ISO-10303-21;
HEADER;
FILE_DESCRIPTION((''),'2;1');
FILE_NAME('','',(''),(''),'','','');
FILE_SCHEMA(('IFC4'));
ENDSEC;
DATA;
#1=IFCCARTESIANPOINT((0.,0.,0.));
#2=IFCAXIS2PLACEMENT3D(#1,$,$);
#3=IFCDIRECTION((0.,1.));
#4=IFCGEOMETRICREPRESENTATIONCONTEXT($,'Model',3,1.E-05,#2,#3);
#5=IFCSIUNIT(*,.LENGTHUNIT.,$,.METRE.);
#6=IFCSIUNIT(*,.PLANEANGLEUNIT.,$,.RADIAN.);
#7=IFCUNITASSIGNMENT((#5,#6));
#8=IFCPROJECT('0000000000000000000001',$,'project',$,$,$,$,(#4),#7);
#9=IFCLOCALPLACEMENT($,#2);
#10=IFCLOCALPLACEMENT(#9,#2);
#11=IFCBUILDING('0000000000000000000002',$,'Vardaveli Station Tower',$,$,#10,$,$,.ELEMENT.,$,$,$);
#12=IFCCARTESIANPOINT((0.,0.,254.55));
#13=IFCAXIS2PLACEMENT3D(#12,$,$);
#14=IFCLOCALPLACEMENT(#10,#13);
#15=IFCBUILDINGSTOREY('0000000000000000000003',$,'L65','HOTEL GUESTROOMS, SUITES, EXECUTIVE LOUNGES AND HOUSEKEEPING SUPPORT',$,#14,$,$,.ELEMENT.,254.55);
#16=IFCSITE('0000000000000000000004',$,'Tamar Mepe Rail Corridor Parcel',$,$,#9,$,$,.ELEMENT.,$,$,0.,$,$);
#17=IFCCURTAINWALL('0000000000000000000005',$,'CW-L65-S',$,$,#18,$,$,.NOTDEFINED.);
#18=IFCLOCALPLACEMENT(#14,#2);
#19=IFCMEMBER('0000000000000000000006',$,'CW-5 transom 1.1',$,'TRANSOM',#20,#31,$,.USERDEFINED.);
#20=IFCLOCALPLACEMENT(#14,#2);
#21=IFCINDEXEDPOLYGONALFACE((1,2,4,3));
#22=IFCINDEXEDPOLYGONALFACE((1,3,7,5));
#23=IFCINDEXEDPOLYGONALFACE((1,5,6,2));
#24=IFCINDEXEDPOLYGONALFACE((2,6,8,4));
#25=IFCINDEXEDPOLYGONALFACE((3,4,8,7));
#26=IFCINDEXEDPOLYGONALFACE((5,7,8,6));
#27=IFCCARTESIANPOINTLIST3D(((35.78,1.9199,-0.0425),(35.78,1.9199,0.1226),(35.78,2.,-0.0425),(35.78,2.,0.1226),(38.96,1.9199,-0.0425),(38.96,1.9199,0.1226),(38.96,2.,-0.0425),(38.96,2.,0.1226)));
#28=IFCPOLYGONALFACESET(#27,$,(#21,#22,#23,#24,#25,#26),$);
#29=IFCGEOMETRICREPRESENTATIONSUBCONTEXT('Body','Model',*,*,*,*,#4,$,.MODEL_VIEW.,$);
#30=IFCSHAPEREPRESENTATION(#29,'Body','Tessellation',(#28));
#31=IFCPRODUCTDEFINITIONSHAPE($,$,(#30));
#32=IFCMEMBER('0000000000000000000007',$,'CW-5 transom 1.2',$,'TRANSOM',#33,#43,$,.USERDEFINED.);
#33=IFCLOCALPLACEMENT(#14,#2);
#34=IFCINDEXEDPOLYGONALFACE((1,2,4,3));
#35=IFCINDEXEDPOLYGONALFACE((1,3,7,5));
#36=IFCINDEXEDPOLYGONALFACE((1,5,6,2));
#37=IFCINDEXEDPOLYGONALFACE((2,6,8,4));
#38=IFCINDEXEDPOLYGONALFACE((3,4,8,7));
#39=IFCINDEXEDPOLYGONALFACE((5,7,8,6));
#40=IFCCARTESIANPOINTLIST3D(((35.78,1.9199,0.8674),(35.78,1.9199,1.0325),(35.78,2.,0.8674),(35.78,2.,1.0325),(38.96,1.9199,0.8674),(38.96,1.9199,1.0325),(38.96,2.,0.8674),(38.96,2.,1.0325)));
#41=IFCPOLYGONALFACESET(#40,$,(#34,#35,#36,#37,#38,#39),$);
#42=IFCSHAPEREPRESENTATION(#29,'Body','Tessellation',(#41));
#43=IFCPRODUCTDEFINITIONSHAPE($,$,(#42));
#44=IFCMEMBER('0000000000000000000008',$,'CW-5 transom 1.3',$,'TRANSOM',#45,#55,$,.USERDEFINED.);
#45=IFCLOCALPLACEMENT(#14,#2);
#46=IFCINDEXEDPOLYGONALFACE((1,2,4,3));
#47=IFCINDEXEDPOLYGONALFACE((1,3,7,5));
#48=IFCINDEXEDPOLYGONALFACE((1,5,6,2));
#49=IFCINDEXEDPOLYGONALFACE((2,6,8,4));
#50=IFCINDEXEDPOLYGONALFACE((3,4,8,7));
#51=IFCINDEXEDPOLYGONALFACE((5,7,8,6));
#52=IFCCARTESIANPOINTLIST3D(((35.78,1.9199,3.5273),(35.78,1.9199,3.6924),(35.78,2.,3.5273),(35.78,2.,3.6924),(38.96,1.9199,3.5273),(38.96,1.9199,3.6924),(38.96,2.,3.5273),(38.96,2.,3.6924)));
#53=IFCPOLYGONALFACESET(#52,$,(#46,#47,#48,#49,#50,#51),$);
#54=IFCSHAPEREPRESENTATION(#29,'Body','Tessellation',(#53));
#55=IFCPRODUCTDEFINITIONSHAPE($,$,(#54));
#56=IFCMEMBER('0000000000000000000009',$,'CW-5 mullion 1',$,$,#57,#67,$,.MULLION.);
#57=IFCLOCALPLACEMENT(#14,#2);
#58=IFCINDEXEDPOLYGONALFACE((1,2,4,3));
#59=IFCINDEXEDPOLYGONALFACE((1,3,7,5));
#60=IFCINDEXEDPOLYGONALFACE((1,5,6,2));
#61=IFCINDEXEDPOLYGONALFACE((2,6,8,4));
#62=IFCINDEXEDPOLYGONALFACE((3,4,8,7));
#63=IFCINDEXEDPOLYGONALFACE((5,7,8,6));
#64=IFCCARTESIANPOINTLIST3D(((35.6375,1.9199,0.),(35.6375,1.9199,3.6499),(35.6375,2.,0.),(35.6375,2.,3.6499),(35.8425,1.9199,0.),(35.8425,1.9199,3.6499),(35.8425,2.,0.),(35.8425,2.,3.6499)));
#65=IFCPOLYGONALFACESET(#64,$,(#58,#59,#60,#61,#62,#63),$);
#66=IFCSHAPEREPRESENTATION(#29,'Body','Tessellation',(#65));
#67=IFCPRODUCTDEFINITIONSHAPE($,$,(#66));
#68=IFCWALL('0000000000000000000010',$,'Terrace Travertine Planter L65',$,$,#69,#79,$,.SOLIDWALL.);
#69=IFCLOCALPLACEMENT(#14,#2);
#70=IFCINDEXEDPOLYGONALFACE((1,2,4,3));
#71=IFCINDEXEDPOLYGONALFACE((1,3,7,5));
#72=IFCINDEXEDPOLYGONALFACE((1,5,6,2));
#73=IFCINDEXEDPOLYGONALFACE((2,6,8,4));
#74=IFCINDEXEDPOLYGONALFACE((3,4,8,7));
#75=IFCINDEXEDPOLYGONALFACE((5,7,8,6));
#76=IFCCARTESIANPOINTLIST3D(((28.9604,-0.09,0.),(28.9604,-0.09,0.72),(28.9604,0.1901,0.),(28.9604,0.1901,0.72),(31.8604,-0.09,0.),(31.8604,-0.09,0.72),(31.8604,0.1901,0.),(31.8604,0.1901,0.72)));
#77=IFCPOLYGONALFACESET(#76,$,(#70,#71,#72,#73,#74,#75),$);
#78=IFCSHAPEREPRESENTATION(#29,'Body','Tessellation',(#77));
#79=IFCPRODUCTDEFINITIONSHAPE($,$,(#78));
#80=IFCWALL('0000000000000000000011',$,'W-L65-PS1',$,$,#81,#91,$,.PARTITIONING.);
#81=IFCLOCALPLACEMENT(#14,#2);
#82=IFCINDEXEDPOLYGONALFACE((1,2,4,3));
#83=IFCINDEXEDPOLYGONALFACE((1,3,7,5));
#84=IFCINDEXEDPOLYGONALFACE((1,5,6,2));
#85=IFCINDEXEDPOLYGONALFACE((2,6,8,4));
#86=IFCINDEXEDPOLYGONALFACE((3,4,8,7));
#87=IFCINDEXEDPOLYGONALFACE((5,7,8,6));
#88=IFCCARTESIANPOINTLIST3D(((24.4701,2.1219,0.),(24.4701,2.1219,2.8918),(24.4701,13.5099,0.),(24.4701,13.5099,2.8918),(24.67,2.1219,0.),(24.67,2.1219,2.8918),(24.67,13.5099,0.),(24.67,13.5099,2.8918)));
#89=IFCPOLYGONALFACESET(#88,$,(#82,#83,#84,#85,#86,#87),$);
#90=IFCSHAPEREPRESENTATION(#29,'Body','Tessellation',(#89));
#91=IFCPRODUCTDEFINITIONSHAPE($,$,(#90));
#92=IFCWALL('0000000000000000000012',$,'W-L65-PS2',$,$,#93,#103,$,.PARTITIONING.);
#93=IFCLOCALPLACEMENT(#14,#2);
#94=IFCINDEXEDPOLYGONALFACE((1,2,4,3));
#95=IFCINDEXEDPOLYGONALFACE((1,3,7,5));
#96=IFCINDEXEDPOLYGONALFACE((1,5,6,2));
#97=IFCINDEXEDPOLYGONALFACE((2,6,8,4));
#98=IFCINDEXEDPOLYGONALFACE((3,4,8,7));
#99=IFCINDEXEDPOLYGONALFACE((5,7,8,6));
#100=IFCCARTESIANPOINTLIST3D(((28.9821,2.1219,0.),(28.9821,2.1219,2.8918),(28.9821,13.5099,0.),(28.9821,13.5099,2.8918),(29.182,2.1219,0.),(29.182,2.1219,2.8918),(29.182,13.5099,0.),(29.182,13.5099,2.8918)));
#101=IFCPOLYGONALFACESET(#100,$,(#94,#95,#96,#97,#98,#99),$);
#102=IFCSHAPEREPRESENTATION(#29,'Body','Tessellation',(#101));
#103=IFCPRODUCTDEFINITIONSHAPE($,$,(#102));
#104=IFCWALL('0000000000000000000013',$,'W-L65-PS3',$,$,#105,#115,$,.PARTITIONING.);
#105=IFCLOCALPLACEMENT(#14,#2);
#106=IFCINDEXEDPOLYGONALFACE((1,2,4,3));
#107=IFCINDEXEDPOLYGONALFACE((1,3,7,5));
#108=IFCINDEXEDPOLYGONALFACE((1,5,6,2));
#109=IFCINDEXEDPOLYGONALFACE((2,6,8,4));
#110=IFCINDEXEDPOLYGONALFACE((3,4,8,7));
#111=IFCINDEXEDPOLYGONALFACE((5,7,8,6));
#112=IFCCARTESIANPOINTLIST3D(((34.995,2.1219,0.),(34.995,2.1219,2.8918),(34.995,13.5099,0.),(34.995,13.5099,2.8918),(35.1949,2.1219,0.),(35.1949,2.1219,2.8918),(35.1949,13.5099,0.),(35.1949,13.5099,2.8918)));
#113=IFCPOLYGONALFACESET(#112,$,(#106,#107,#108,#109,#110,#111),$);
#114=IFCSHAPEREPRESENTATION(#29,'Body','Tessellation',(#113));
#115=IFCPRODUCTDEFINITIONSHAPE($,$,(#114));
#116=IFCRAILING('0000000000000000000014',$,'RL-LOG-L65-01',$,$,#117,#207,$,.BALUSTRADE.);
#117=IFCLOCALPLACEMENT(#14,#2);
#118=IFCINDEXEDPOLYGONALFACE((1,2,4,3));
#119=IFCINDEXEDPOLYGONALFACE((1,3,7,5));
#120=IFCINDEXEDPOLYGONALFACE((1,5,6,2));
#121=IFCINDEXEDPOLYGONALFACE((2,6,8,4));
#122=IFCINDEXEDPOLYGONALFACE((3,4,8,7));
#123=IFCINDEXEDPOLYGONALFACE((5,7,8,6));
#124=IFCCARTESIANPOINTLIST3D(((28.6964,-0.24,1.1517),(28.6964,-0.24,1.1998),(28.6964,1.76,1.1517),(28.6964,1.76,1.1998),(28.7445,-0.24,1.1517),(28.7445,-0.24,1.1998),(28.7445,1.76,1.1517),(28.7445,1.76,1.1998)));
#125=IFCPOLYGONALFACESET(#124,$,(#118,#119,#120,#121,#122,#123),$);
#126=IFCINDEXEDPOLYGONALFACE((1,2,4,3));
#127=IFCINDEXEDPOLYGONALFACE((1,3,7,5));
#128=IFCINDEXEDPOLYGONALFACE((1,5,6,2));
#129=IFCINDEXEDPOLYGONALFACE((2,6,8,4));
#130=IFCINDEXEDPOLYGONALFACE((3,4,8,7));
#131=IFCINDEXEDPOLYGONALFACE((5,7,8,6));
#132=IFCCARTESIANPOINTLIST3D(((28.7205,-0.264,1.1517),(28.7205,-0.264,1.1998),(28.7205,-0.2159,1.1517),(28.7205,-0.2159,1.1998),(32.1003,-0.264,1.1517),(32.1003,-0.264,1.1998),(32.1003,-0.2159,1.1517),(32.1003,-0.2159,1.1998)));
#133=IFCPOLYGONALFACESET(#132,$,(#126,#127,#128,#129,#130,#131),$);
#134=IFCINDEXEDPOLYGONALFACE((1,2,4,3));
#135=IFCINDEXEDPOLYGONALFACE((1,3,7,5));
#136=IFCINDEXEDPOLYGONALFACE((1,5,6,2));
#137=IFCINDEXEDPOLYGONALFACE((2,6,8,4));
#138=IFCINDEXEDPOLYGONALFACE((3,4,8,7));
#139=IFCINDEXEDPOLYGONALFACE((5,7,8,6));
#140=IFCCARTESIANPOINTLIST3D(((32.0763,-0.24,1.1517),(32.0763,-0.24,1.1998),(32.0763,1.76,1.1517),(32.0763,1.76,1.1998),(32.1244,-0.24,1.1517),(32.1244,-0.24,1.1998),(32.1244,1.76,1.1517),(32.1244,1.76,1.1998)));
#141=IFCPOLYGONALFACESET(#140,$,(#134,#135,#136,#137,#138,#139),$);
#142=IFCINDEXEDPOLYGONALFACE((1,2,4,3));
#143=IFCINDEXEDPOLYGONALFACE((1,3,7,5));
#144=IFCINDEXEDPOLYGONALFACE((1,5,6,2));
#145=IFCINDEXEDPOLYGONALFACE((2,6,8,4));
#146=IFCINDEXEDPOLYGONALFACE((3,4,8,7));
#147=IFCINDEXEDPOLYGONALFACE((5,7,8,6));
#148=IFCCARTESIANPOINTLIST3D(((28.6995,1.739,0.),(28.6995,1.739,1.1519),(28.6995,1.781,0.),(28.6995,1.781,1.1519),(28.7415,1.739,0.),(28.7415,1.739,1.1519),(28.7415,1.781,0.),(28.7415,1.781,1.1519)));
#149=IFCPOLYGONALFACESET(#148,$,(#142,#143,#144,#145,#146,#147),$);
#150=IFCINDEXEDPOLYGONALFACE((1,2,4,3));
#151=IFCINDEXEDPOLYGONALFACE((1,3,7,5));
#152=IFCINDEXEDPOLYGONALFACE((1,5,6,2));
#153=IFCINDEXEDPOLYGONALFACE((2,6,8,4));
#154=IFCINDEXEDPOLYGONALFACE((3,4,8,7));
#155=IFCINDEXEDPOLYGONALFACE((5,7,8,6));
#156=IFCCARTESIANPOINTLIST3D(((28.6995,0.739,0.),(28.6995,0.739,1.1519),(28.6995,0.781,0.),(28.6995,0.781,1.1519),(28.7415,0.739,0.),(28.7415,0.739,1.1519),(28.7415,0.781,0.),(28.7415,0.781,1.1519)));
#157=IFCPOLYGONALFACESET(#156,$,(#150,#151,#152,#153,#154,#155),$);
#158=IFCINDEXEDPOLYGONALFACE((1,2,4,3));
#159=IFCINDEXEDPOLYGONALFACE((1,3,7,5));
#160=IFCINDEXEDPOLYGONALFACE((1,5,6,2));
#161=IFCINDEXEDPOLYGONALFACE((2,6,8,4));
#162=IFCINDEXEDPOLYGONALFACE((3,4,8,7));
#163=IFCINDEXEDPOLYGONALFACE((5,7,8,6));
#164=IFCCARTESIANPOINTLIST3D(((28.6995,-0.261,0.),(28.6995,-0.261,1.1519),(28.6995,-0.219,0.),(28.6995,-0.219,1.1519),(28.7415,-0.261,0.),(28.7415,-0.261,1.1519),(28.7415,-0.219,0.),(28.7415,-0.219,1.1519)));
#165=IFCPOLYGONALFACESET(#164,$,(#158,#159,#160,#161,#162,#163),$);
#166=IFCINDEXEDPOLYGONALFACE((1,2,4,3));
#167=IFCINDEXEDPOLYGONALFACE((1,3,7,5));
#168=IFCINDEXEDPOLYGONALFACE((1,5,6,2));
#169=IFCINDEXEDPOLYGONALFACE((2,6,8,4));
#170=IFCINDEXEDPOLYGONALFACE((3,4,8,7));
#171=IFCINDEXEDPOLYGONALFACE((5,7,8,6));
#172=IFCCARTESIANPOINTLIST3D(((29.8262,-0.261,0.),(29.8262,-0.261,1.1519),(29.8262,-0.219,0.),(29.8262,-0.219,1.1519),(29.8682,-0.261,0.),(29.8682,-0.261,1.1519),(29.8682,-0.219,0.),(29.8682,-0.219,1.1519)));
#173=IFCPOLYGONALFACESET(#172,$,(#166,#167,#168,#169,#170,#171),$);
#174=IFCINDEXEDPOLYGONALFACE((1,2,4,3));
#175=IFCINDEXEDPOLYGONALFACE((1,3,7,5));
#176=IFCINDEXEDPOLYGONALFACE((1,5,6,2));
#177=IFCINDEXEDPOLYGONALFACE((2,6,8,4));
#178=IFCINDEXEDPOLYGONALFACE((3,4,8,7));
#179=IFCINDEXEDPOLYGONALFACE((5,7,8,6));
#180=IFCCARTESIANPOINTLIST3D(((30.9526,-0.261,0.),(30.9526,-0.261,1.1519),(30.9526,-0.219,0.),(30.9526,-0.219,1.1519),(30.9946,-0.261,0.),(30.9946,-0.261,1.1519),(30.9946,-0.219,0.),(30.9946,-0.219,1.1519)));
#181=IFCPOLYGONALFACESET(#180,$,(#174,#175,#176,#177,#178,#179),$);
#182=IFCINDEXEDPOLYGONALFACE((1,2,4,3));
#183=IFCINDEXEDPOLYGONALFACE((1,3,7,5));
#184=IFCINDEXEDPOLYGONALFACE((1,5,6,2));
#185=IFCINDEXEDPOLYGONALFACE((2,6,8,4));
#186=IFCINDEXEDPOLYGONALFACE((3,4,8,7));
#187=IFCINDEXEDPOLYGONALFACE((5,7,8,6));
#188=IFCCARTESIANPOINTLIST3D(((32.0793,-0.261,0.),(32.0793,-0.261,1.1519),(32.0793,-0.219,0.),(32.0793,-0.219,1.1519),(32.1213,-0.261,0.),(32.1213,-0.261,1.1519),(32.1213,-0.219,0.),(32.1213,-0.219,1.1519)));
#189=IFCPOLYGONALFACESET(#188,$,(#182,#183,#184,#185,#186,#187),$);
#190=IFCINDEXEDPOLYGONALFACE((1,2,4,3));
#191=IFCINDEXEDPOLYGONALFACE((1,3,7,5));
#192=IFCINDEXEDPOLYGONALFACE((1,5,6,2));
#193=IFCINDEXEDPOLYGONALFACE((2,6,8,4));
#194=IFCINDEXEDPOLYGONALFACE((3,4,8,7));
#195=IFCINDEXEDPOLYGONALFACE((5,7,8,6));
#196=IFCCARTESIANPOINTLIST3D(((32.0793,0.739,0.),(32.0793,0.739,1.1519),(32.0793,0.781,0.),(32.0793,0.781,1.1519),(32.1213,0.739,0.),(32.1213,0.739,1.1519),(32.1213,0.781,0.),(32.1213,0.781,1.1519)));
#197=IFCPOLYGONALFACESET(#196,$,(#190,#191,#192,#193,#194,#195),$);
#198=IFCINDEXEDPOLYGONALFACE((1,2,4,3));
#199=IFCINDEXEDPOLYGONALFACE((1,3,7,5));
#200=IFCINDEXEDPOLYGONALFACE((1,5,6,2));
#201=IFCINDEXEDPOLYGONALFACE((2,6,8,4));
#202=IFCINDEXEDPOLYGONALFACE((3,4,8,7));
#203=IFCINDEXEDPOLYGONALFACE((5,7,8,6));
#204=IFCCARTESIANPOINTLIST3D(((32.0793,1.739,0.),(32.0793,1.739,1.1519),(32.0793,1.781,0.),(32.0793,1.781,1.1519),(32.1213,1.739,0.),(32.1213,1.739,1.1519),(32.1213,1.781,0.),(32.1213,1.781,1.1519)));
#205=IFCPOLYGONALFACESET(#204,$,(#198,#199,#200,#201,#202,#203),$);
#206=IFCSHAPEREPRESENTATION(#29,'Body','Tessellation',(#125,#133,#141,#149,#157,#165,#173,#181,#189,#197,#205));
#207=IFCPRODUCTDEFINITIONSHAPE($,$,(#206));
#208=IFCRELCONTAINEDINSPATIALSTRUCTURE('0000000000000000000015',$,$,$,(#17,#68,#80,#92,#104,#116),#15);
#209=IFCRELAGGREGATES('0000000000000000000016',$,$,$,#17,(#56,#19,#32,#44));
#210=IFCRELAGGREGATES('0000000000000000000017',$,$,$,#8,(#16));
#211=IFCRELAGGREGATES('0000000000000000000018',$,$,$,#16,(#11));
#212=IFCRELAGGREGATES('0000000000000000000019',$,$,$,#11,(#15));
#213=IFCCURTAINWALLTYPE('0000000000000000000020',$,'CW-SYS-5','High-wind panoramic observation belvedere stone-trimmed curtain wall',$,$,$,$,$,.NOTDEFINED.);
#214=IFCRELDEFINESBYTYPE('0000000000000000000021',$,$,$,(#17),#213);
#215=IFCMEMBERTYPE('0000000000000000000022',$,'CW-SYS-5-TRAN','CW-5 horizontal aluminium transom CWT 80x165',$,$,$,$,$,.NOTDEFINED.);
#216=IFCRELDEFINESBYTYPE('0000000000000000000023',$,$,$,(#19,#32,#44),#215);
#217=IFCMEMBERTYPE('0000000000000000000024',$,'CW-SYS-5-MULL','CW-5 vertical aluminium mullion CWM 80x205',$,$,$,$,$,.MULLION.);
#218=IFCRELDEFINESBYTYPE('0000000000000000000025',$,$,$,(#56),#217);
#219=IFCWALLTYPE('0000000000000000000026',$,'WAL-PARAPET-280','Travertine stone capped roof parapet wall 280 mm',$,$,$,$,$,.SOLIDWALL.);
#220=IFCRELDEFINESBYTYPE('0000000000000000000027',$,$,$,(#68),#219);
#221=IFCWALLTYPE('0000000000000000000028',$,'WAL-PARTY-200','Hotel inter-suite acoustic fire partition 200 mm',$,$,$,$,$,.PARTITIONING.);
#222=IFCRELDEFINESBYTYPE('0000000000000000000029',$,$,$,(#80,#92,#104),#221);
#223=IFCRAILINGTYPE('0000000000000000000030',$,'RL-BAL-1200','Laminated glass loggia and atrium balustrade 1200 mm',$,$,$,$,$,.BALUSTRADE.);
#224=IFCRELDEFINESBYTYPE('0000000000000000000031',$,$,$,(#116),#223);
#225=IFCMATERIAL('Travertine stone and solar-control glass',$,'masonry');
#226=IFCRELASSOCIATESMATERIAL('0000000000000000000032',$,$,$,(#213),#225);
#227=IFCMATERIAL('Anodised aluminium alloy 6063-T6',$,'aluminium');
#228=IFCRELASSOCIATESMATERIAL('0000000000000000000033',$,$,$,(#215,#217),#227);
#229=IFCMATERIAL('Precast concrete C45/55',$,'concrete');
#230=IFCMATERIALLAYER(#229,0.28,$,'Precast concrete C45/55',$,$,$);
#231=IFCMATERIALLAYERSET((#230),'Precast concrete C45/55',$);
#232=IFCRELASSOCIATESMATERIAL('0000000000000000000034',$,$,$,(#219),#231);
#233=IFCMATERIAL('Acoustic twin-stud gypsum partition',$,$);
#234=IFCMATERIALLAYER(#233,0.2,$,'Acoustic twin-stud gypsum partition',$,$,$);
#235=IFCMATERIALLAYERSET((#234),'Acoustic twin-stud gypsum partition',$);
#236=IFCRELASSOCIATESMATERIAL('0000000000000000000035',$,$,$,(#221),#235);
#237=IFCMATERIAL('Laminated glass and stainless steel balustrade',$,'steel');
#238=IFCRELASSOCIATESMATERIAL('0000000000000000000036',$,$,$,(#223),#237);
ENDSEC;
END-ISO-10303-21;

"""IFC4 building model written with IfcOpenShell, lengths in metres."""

from ifc_helpers import new_model, si_unit, direction, frame, frame_2d, origin, origin_2d, place, context, subcontext, project, spatial, rectangle, extrude, source, transform, mapped, material, layer, layer_set, material_profile, profile_set, type_object, element, aggregate, save


model = new_model("IFC4")

# Units and contexts
model_context = context("Model", 3, precision=1e-05, world=origin(), true_north=direction((0.0, 1.0)))
body_context = subcontext(model_context, "Body", "Model", "MODEL_VIEW")
ifc_project = project(units=[si_unit("LENGTHUNIT", "METRE"), si_unit("PLANEANGLEUNIT", "RADIAN")], contexts=[model_context])

# Site, building, storey
site_placement = place(None, origin())
site = spatial("IfcSite", under=ifc_project, at=site_placement, Name="Tamar Mepe Rail Corridor Parcel", CompositionType="ELEMENT", RefElevation=0.0)
building_placement = place(site_placement, origin())
building = spatial("IfcBuilding", under=site, at=building_placement, Name="Vardaveli Station Tower", CompositionType="ELEMENT")
storey_placement = place(building_placement, frame((0.0, 0.0, 254.55)))
storey = spatial("IfcBuildingStorey", under=building, at=storey_placement, Name="L65", Description="HOTEL GUESTROOMS, SUITES, EXECUTIVE LOUNGES AND HOUSEKEEPING SUPPORT", CompositionType="ELEMENT", Elevation=254.55)

# Shared definitions
ifc_material_1 = material(Name="Precast concrete C45/55", Category="concrete")

# Curtain wall, members
ifc_material_2 = material(Name="Travertine stone and solar-control glass", Category="masonry")
curtain_wall_type = type_object("IfcCurtainWallType", Name="CW-SYS-5", Description="High-wind panoramic observation belvedere stone-trimmed curtain wall", PredefinedType="NOTDEFINED", material=ifc_material_2)
curtain_wall_placement = place(storey_placement, origin())
curtain_wall = element("IfcCurtainWall", 1, at=curtain_wall_placement, inside=storey, type_object=curtain_wall_type, Name="CW-L65-S", PredefinedType="NOTDEFINED")
ifc_material_3 = material(Name="Anodised aluminium alloy 6063-T6", Category="aluminium")
ifc_material_profile_1 = material_profile(ifc_material_3, rectangle(XDim=0.0801, YDim=0.165, at=origin_2d()), Name="CWT 80x165")
ifc_profile_set_1 = profile_set([ifc_material_profile_1], Name="Anodised aluminium alloy 6063-T6")
member_type_1 = type_object("IfcMemberType", Name="CW-SYS-5-TRAN", Description="CW-5 horizontal aluminium transom CWT 80x165", PredefinedType="NOTDEFINED", material=ifc_profile_set_1)
shared_shape_1 = source(origin(), body_context, "Body", "SweptSolid", [
    extrude(rectangle(XDim=0.0801, YDim=0.165, at=origin_2d()), origin(), (0.0, 0.0, 1.0), 3.1799),
])
member_1_placement = place(storey_placement, frame((35.78, 1.96, 0.04), z_axis=(1.0, 0.0, 0.0), x_axis=(0.0, 1.0, 0.0)))
member_1 = element("IfcMember", 2, at=member_1_placement, type_object=member_type_1, Name="CW-5 transom 1.1", ObjectType="TRANSOM", PredefinedType="USERDEFINED", context=body_context, shape_type="MappedRepresentation", body=[
    mapped(shared_shape_1, transform((0.0, 0.0, 0.0), scale=1.0)),
])
member_2_placement = place(storey_placement, frame((35.78, 1.96, 0.95), z_axis=(1.0, 0.0, 0.0), x_axis=(0.0, 1.0, 0.0)))
member_2 = element("IfcMember", 3, at=member_2_placement, type_object=member_type_1, Name="CW-5 transom 1.2", ObjectType="TRANSOM", PredefinedType="USERDEFINED", context=body_context, shape_type="MappedRepresentation", body=[
    mapped(shared_shape_1, transform((0.0, 0.0, 0.0), scale=1.0)),
])
member_3_placement = place(storey_placement, frame((35.78, 1.96, 3.6099), z_axis=(1.0, 0.0, 0.0), x_axis=(0.0, 1.0, 0.0)))
member_3 = element("IfcMember", 4, at=member_3_placement, type_object=member_type_1, Name="CW-5 transom 1.3", ObjectType="TRANSOM", PredefinedType="USERDEFINED", context=body_context, shape_type="MappedRepresentation", body=[
    mapped(shared_shape_1, transform((0.0, 0.0, 0.0), scale=1.0)),
])
ifc_material_profile_2 = material_profile(ifc_material_3, rectangle(XDim=0.0801, YDim=0.2051, at=origin_2d()), Name="CWM 80x205")
ifc_profile_set_2 = profile_set([ifc_material_profile_2], Name="Anodised aluminium alloy 6063-T6")
member_type_2 = type_object("IfcMemberType", Name="CW-SYS-5-MULL", Description="CW-5 vertical aluminium mullion CWM 80x205", PredefinedType="MULLION", material=ifc_profile_set_2)
shared_shape_2 = source(origin(), body_context, "Body", "SweptSolid", [
    extrude(rectangle(XDim=0.0801, YDim=0.2051, at=origin_2d()), origin(), (0.0, 0.0, 1.0), 3.6499),
])
member_4_placement = place(storey_placement, frame((35.74, 1.96, 0.0), z_axis=(0.0, 0.0, 1.0), x_axis=(0.0, 1.0, 0.0)))
member_4 = element("IfcMember", 5, at=member_4_placement, type_object=member_type_2, Name="CW-5 mullion 1", PredefinedType="MULLION", context=body_context, shape_type="MappedRepresentation", body=[
    mapped(shared_shape_2, transform((0.0, 0.0, 0.0), scale=1.0)),
])
aggregate(curtain_wall, [member_4, member_1, member_2, member_3])

# Walls
ifc_layer_1 = layer(ifc_material_1, 0.28, Name="Precast concrete C45/55")
ifc_layer_set_1 = layer_set([ifc_layer_1], Name="Precast concrete C45/55")
wall_type_1 = type_object("IfcWallType", Name="WAL-PARAPET-280", Description="Travertine stone capped roof parapet wall 280 mm", PredefinedType="SOLIDWALL", material=ifc_layer_set_1)
shared_shape_3 = source(origin(), body_context, "Body", "SweptSolid", [
    extrude(rectangle(XDim=2.8999, YDim=0.28, at=frame_2d((1.45, 0.0))), origin(), (0.0, 0.0, 1.0), 0.72),
])
wall_placement = place(storey_placement, frame((28.9604, 0.05, 0.0), z_axis=(0.0, 0.0, 1.0), x_axis=(1.0, 0.0, 0.0)))
element("IfcWall", 6, at=wall_placement, inside=storey, type_object=wall_type_1, Name="Terrace Travertine Planter L65", PredefinedType="SOLIDWALL", context=body_context, shape_type="MappedRepresentation", body=[
    mapped(shared_shape_3, transform((0.0, 0.0, 0.0), scale=1.0)),
])
ifc_material_4 = material(Name="Acoustic twin-stud gypsum partition")
ifc_layer_2 = layer(ifc_material_4, 0.2, Name="Acoustic twin-stud gypsum partition")
ifc_layer_set_2 = layer_set([ifc_layer_2], Name="Acoustic twin-stud gypsum partition")
wall_type_2 = type_object("IfcWallType", Name="WAL-PARTY-200", Description="Hotel inter-suite acoustic fire partition 200 mm", PredefinedType="PARTITIONING", material=ifc_layer_set_2)
shared_shape_4 = source(origin(), body_context, "Body", "SweptSolid", [
    extrude(rectangle(XDim=11.3879, YDim=0.2, at=frame_2d((5.6938, 0.0))), origin(), (0.0, 0.0, 1.0), 2.8918),
])
for number, where, z_axis, x_axis, name in (
    (7, (24.5701, 2.1221, 0.0), (0.0, 0.0, 1.0), (0.0, 1.0, 0.0), "W-L65-PS1"),
    (8, (29.082, 2.1221, 0.0), (0.0, 0.0, 1.0), (0.0, 1.0, 0.0), "W-L65-PS2"),
    (9, (35.095, 2.1221, 0.0), (0.0, 0.0, 1.0), (0.0, 1.0, 0.0), "W-L65-PS3"),
):
    element("IfcWall", number, at=place(storey_placement, frame(where, z_axis=z_axis, x_axis=x_axis)), inside=storey, type_object=wall_type_2, Name=name, PredefinedType="PARTITIONING", context=body_context, shape_type="MappedRepresentation", body=[
        mapped(shared_shape_4, transform((0.0, 0.0, 0.0), scale=1.0)),
    ])

# Railing
ifc_material_5 = material(Name="Laminated glass and stainless steel balustrade", Category="steel")
railing_type = type_object("IfcRailingType", Name="RL-BAL-1200", Description="Laminated glass loggia and atrium balustrade 1200 mm", PredefinedType="BALUSTRADE", material=ifc_material_5)
shared_shape_5 = source(origin(), body_context, "Body", "SweptSolid", [
    extrude(rectangle(XDim=0.0481, YDim=0.0481, at=origin_2d()), frame((0.0, 0.0, 1.1758), z_axis=(0.0, -1.0, 0.0), x_axis=(1.0, 0.0, 0.0)), (0.0, 0.0, 1.0), 2.0),
    extrude(rectangle(XDim=0.0481, YDim=0.0481, at=origin_2d()), frame((0.0, -2.0, 1.1758), z_axis=(1.0, 0.0, 0.0), x_axis=(0.0, 1.0, 0.0)), (0.0, 0.0, 1.0), 3.3799),
    extrude(rectangle(XDim=0.0481, YDim=0.0481, at=origin_2d()), frame((3.3799, -2.0, 1.1758), z_axis=(0.0, 1.0, 0.0), x_axis=(-1.0, 0.0, 0.0)), (0.0, 0.0, 1.0), 2.0),
    extrude(rectangle(XDim=0.042, YDim=0.042, at=origin_2d()), origin(), (0.0, 0.0, 1.0), 1.1519),
    extrude(rectangle(XDim=0.042, YDim=0.042, at=origin_2d()), frame((0.0, -1.0, 0.0)), (0.0, 0.0, 1.0), 1.1519),
    extrude(rectangle(XDim=0.042, YDim=0.042, at=origin_2d()), frame((0.0, -2.0, 0.0)), (0.0, 0.0, 1.0), 1.1519),
    extrude(rectangle(XDim=0.042, YDim=0.042, at=origin_2d()), frame((1.1267, -2.0, 0.0)), (0.0, 0.0, 1.0), 1.1519),
    extrude(rectangle(XDim=0.042, YDim=0.042, at=origin_2d()), frame((2.2532, -2.0, 0.0)), (0.0, 0.0, 1.0), 1.1519),
    extrude(rectangle(XDim=0.042, YDim=0.042, at=origin_2d()), frame((3.3799, -2.0, 0.0)), (0.0, 0.0, 1.0), 1.1519),
    extrude(rectangle(XDim=0.042, YDim=0.042, at=origin_2d()), frame((3.3799, -1.0, 0.0)), (0.0, 0.0, 1.0), 1.1519),
    extrude(rectangle(XDim=0.042, YDim=0.042, at=origin_2d()), frame((3.3799, 0.0, 0.0)), (0.0, 0.0, 1.0), 1.1519),
])
railing_placement = place(storey_placement, frame((28.7205, 1.76, 0.0)))
element("IfcRailing", 10, at=railing_placement, inside=storey, type_object=railing_type, Name="RL-LOG-L65-01", PredefinedType="BALUSTRADE", context=body_context, shape_type="MappedRepresentation", body=[
    mapped(shared_shape_5, transform((0.0, 0.0, 0.0), scale=1.0)),
])

save(model, "model.ifc")
